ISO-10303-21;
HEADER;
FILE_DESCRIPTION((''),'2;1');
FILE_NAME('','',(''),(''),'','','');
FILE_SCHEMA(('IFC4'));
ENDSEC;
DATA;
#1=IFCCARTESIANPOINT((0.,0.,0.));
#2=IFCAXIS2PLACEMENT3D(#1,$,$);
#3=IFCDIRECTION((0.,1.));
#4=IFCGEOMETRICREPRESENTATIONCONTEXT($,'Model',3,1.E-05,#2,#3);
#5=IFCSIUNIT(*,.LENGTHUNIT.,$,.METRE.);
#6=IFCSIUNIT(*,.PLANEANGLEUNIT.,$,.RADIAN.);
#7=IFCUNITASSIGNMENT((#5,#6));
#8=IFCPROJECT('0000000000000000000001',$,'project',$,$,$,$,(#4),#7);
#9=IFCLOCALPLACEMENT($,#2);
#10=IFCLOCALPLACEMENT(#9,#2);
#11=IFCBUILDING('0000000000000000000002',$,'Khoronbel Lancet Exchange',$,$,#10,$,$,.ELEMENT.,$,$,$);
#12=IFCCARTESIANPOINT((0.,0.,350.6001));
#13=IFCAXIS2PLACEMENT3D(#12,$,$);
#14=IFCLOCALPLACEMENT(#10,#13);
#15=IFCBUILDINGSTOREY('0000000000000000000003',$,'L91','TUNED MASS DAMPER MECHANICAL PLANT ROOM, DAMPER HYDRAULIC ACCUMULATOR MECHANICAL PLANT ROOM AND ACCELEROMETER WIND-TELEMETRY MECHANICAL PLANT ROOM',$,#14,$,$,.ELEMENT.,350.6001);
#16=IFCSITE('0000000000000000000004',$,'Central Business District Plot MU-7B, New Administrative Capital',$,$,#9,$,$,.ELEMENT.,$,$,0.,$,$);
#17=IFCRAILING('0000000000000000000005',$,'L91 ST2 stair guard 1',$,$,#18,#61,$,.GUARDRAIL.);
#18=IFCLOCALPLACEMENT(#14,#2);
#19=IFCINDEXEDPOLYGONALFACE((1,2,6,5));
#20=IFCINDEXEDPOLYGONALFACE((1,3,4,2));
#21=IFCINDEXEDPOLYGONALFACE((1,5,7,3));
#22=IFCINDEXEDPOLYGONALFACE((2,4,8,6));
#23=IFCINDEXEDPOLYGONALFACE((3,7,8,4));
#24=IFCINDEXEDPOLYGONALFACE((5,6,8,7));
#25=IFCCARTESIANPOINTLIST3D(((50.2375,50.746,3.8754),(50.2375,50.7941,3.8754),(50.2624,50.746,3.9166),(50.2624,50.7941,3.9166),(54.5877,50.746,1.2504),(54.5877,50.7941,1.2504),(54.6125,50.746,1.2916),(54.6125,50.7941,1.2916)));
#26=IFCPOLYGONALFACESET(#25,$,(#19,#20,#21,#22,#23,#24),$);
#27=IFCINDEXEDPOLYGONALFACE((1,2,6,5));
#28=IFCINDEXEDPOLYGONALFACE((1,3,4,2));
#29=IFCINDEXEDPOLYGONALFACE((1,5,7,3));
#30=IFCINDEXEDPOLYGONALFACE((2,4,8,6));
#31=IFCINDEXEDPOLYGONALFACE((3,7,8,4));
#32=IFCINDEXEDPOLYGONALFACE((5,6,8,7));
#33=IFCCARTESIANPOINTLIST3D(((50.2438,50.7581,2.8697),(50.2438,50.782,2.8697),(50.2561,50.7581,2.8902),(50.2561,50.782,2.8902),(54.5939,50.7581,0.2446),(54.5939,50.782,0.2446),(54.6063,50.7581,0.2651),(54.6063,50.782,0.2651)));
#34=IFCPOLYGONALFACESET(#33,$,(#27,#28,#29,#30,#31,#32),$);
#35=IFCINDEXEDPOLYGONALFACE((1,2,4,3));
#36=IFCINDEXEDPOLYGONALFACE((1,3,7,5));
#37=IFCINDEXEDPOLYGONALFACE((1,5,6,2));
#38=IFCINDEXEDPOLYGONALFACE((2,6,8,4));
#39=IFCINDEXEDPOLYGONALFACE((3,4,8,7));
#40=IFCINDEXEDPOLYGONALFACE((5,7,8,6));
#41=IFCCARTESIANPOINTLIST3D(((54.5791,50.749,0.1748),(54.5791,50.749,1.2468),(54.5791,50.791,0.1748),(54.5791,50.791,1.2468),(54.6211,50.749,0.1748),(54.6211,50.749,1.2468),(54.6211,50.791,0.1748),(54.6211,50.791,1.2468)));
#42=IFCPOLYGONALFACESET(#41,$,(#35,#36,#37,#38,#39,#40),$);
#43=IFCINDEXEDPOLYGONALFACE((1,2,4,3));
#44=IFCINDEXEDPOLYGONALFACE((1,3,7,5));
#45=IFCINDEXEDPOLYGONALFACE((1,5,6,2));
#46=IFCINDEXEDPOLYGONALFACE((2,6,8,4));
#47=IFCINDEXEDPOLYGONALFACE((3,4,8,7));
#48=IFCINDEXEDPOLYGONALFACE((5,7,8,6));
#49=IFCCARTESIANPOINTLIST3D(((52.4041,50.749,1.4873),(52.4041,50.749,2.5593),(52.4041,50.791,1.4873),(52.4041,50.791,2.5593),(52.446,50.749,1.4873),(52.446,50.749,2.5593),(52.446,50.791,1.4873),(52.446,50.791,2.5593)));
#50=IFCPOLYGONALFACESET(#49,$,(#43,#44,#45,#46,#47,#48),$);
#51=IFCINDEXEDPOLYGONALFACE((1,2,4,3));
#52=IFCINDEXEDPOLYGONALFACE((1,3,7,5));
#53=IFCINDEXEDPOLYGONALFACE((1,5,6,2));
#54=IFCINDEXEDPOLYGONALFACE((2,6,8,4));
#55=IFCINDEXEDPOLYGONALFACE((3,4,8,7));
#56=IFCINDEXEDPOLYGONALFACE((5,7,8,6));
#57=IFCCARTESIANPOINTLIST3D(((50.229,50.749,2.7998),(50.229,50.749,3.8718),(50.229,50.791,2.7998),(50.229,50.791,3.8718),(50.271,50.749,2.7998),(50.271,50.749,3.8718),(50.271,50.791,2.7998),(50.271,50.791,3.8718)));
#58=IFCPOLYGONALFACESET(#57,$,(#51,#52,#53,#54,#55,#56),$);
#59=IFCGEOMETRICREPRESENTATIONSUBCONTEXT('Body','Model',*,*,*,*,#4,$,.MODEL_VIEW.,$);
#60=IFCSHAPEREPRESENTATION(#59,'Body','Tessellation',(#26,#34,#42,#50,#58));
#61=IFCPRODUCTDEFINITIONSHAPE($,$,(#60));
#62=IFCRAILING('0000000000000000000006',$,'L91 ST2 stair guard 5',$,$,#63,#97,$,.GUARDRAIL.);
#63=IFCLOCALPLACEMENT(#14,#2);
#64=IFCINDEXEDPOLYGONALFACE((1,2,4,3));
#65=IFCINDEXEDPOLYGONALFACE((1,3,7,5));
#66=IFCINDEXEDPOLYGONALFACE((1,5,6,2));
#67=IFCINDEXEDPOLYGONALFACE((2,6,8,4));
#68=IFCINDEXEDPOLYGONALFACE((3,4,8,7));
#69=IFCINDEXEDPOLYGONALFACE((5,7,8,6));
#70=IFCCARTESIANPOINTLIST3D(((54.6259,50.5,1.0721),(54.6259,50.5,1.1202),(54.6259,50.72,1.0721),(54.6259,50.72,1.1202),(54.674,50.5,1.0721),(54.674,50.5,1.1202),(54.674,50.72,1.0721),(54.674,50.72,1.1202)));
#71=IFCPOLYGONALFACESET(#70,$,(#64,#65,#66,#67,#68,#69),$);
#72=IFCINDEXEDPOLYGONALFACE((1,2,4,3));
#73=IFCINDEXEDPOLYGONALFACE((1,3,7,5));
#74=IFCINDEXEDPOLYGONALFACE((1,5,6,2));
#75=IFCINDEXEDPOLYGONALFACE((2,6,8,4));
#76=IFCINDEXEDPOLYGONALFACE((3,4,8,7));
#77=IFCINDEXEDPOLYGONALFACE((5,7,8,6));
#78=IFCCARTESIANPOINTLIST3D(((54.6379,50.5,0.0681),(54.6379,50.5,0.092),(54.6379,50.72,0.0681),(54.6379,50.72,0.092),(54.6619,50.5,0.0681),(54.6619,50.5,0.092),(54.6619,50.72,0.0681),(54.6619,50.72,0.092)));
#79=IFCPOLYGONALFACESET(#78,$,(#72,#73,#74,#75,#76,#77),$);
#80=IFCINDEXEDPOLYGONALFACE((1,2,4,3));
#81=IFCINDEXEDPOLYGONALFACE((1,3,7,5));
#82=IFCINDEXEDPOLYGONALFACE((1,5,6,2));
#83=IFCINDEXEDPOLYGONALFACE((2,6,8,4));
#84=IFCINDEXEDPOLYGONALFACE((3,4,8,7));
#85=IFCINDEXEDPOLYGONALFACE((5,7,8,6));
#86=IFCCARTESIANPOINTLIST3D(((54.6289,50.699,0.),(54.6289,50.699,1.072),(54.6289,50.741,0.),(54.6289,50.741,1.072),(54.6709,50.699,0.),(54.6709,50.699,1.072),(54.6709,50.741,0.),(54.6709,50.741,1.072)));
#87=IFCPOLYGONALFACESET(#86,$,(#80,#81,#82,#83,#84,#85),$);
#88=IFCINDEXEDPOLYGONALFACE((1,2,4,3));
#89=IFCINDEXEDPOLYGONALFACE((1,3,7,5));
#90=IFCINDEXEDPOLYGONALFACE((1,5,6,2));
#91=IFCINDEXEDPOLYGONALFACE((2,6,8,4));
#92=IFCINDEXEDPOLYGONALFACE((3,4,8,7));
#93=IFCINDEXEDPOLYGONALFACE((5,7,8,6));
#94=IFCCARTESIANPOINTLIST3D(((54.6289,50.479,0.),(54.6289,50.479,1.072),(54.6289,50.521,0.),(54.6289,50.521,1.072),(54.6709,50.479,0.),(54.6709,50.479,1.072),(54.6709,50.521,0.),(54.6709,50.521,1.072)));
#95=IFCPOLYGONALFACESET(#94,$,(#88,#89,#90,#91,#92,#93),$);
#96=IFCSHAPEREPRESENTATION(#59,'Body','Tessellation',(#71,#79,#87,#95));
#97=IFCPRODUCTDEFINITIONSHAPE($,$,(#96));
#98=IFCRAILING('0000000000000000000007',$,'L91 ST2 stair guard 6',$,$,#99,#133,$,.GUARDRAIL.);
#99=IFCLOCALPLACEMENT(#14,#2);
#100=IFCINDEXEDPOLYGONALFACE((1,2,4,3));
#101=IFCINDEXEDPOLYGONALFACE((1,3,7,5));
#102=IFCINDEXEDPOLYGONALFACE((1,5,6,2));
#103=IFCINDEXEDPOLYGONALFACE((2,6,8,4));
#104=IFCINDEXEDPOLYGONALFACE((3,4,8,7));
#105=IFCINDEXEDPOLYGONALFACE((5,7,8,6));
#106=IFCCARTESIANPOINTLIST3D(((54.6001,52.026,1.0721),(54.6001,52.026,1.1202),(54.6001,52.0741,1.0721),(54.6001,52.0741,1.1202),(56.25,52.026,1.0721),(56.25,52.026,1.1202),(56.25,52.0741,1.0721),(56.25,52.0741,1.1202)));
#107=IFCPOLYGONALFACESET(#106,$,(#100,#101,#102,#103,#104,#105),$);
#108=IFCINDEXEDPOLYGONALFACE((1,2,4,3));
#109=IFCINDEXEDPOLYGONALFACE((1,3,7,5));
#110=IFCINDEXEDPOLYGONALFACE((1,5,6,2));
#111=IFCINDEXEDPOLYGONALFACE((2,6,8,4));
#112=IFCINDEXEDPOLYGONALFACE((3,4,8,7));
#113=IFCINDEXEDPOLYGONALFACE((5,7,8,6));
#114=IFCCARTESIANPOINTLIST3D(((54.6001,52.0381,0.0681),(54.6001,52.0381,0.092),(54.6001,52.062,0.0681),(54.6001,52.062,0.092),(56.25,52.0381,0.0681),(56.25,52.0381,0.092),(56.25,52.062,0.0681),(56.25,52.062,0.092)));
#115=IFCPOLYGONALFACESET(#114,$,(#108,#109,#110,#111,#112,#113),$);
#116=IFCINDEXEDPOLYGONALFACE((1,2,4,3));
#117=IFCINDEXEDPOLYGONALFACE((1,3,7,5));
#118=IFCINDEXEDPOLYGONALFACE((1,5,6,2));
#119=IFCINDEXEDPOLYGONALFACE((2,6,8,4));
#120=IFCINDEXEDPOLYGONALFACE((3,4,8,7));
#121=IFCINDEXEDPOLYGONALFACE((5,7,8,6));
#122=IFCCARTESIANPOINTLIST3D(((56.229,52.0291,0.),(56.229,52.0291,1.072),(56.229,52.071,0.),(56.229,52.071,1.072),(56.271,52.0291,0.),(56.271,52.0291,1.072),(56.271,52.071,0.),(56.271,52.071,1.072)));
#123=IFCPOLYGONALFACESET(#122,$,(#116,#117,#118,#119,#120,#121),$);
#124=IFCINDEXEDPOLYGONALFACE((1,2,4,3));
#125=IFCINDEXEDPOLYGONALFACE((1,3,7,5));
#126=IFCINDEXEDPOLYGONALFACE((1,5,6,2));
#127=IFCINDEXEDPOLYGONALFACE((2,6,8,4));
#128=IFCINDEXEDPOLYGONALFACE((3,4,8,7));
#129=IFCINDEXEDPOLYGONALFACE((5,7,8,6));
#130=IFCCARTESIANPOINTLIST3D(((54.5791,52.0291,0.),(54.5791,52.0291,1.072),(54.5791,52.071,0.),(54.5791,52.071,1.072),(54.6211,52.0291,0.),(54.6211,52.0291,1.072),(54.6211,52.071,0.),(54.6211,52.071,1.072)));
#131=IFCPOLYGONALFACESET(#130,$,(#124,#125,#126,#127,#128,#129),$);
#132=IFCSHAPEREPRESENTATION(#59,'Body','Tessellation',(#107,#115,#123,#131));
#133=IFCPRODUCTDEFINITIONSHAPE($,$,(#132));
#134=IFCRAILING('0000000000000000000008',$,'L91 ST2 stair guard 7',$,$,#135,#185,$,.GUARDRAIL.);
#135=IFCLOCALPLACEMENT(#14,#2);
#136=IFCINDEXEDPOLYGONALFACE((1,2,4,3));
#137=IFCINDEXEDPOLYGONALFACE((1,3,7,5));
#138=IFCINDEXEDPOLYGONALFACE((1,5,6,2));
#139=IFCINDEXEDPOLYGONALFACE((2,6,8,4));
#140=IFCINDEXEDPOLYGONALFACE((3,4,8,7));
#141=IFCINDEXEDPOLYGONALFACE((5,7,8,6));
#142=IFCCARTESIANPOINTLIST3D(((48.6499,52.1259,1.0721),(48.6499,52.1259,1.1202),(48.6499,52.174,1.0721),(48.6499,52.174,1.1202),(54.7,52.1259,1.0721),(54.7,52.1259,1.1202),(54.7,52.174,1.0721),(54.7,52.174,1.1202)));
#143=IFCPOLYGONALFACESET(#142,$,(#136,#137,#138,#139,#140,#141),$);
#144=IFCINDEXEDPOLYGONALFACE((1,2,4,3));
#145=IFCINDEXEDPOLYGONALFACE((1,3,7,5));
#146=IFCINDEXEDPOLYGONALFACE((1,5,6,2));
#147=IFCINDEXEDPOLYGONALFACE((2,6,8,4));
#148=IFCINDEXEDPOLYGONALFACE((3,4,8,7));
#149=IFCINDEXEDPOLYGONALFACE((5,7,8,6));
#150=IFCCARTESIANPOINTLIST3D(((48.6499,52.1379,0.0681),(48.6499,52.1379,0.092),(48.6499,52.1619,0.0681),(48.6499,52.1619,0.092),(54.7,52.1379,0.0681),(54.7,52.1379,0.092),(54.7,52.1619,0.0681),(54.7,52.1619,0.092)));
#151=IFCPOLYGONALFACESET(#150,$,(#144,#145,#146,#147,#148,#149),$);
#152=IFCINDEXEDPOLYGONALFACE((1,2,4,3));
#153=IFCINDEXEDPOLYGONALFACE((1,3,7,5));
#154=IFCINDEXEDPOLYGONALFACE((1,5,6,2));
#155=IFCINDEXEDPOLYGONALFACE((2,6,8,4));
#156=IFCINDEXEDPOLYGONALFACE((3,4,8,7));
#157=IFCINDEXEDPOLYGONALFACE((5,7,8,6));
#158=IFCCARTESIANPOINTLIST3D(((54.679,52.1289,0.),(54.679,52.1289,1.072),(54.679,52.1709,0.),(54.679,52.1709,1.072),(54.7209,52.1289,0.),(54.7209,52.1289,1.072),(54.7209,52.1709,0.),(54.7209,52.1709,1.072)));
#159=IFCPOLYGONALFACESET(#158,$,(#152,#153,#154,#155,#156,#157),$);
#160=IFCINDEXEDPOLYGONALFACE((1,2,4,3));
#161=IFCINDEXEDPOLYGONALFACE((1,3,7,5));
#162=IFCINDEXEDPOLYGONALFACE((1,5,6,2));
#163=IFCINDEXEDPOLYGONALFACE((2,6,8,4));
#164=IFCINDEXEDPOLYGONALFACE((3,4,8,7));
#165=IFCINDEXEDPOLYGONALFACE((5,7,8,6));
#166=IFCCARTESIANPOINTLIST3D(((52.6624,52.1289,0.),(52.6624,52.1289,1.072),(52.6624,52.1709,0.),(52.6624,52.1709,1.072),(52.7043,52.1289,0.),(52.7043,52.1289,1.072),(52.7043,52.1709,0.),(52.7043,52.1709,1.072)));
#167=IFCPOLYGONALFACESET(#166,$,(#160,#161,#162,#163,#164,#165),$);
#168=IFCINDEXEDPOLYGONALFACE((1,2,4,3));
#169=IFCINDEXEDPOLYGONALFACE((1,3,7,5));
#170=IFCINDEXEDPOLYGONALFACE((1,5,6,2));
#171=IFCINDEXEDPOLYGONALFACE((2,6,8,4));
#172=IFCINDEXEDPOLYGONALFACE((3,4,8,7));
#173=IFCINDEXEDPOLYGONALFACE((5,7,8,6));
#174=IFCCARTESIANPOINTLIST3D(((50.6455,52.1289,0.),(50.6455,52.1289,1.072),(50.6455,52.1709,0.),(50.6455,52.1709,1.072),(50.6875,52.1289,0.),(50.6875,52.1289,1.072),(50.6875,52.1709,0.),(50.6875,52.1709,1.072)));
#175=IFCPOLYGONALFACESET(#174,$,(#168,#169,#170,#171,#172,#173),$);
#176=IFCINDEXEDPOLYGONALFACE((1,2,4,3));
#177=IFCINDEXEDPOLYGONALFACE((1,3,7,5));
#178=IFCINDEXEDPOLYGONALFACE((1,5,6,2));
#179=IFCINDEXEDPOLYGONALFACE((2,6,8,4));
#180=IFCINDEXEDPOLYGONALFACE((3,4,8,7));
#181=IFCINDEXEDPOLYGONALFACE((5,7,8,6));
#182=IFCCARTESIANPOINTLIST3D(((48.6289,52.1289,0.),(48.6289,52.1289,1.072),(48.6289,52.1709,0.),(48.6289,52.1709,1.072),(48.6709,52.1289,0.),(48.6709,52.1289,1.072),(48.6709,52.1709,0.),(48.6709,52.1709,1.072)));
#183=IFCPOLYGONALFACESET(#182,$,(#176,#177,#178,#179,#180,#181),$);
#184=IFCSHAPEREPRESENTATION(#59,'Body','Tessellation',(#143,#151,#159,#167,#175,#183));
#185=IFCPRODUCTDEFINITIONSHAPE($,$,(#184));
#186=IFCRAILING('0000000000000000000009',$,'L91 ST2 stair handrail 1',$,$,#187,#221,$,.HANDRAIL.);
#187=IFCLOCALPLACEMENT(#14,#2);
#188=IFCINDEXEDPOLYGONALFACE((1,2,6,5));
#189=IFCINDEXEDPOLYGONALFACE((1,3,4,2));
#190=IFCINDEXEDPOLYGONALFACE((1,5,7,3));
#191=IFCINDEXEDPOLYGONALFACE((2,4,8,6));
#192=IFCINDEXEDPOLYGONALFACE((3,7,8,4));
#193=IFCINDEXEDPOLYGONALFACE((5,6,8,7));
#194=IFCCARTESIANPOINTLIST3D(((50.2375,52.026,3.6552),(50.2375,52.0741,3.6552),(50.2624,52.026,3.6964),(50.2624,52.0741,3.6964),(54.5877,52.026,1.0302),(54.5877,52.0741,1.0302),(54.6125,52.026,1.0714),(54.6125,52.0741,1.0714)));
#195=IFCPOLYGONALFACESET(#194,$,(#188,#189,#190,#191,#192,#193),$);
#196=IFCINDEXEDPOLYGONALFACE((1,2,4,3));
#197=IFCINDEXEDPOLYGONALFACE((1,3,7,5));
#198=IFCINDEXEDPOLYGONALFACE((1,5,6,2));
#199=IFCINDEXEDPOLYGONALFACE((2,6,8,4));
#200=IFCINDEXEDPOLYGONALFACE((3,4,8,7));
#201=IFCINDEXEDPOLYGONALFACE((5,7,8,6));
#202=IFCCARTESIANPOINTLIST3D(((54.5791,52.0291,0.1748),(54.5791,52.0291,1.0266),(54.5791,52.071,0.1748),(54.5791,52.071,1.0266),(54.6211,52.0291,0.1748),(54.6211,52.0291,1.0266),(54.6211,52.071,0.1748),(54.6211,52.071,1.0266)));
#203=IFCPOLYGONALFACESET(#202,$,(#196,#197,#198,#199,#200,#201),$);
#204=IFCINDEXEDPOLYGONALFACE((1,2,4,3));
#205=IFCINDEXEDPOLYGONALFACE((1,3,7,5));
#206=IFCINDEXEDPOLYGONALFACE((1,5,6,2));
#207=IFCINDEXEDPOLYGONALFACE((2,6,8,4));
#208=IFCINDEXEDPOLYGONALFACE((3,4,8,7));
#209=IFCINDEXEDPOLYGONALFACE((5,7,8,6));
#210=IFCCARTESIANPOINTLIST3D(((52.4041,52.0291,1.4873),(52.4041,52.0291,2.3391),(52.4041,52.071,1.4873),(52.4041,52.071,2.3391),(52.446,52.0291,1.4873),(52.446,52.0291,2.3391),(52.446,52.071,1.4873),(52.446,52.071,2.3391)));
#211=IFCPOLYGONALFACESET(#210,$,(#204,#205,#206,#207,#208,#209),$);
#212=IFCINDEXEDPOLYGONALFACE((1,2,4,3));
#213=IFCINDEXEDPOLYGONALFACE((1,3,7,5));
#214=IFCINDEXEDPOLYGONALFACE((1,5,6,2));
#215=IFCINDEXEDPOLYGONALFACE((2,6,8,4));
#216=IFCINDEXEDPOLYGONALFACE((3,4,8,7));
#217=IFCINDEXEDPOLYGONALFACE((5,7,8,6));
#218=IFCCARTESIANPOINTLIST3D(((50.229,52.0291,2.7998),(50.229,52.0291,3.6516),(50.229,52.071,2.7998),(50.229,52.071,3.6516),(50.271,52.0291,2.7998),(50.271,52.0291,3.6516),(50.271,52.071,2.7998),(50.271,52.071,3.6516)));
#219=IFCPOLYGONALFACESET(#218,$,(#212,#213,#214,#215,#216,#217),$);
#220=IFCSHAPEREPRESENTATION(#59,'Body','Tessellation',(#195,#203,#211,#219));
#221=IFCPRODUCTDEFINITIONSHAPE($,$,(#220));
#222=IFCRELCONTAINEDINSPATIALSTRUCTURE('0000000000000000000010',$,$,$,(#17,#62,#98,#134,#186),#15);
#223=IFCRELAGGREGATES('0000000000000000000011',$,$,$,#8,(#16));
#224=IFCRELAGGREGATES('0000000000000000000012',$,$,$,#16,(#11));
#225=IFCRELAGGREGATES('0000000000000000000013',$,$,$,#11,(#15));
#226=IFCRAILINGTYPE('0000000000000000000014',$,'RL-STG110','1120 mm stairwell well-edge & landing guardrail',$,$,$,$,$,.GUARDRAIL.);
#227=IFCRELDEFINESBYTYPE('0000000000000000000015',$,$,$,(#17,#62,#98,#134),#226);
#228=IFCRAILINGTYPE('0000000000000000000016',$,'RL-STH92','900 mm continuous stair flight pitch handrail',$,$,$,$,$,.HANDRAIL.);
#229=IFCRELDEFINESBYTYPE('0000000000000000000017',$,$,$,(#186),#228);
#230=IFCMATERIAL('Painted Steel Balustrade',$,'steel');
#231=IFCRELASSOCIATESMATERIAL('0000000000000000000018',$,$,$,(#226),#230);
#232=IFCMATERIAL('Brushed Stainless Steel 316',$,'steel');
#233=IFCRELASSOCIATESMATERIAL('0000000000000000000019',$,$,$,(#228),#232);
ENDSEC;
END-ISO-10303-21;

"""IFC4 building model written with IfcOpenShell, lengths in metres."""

from ifc_helpers import new_model, si_unit, direction, frame, origin, origin_2d, place, context, subcontext, project, spatial, rectangle, extrude, material, type_object, element, save


model = new_model("IFC4")

# Units and contexts
model_context = context("Model", 3, precision=1e-05, world=origin(), true_north=direction((0.0, 1.0)))
body_context = subcontext(model_context, "Body", "Model", "MODEL_VIEW")
ifc_project = project(units=[si_unit("LENGTHUNIT", "METRE"), si_unit("PLANEANGLEUNIT", "RADIAN")], contexts=[model_context])

# Site, building, storey
site_placement = place(None, origin())
site = spatial("IfcSite", under=ifc_project, at=site_placement, Name="Central Business District Plot MU-7B, New Administrative Capital", CompositionType="ELEMENT", RefElevation=0.0)
building_placement = place(site_placement, origin())
building = spatial("IfcBuilding", under=site, at=building_placement, Name="Khoronbel Lancet Exchange", CompositionType="ELEMENT")
storey_placement = place(building_placement, frame((0.0, 0.0, 350.6001)))
storey = spatial("IfcBuildingStorey", under=building, at=storey_placement, Name="L91", Description="TUNED MASS DAMPER MECHANICAL PLANT ROOM, DAMPER HYDRAULIC ACCUMULATOR MECHANICAL PLANT ROOM AND ACCELEROMETER WIND-TELEMETRY MECHANICAL PLANT ROOM", CompositionType="ELEMENT", Elevation=350.6001)

# Railings
ifc_material_1 = material(Name="Painted Steel Balustrade", Category="steel")
railing_type_1 = type_object("IfcRailingType", Name="RL-STG110", Description="1120 mm stairwell well-edge & landing guardrail", PredefinedType="GUARDRAIL", material=ifc_material_1)
railing_1_placement = place(storey_placement, frame((54.6001, 50.77, 0.1748)))
element("IfcRailing", 1, at=railing_1_placement, inside=storey, type_object=railing_type_1, Name="L91 ST2 stair guard 1", PredefinedType="GUARDRAIL", context=body_context, shape_type="SweptSolid", body=[
    extrude(rectangle(XDim=0.0481, YDim=0.0481, at=origin_2d()), frame((0.0, 0.0, 1.0962), z_axis=(-0.856193, 0.0, 0.516656), x_axis=(0.0, -1.0, 0.0)), (0.0, 0.0, 1.0), 5.0808),
    extrude(rectangle(XDim=0.0239, YDim=0.0239, at=origin_2d()), frame((0.0, 0.0, 0.0801), z_axis=(-0.856193, 0.0, 0.516656), x_axis=(0.0, -1.0, 0.0)), (0.0, 0.0, 1.0), 5.0808),
    extrude(rectangle(XDim=0.042, YDim=0.042, at=origin_2d()), origin(), (0.0, 0.0, 1.0), 1.072),
    extrude(rectangle(XDim=0.042, YDim=0.042, at=origin_2d()), frame((-2.175, 0.0, 1.3125)), (0.0, 0.0, 1.0), 1.072),
    extrude(rectangle(XDim=0.042, YDim=0.042, at=origin_2d()), frame((-4.3501, 0.0, 2.625)), (0.0, 0.0, 1.0), 1.072),
])
railing_2_placement = place(storey_placement, frame((54.6499, 50.72, 0.0)))
element("IfcRailing", 2, at=railing_2_placement, inside=storey, type_object=railing_type_1, Name="L91 ST2 stair guard 5", PredefinedType="GUARDRAIL", context=body_context, shape_type="SweptSolid", body=[
    extrude(rectangle(XDim=0.0481, YDim=0.0481, at=origin_2d()), frame((0.0, 0.0, 1.0962), z_axis=(0.0, -1.0, 0.0), x_axis=(1.0, 0.0, 0.0)), (0.0, 0.0, 1.0), 0.22),
    extrude(rectangle(XDim=0.0239, YDim=0.0239, at=origin_2d()), frame((0.0, 0.0, 0.0801), z_axis=(0.0, -1.0, 0.0), x_axis=(1.0, 0.0, 0.0)), (0.0, 0.0, 1.0), 0.22),
    extrude(rectangle(XDim=0.042, YDim=0.042, at=origin_2d()), origin(), (0.0, 0.0, 1.0), 1.072),
    extrude(rectangle(XDim=0.042, YDim=0.042, at=origin_2d()), frame((0.0, -0.22, 0.0)), (0.0, 0.0, 1.0), 1.072),
])
railing_3_placement = place(storey_placement, frame((56.25, 52.05, 0.0)))
element("IfcRailing", 3, at=railing_3_placement, inside=storey, type_object=railing_type_1, Name="L91 ST2 stair guard 6", PredefinedType="GUARDRAIL", context=body_context, shape_type="SweptSolid", body=[
    extrude(rectangle(XDim=0.0481, YDim=0.0481, at=origin_2d()), frame((0.0, 0.0, 1.0962), z_axis=(-1.0, 0.0, 0.0), x_axis=(0.0, -1.0, 0.0)), (0.0, 0.0, 1.0), 1.6499),
    extrude(rectangle(XDim=0.0239, YDim=0.0239, at=origin_2d()), frame((0.0, 0.0, 0.0801), z_axis=(-1.0, 0.0, 0.0), x_axis=(0.0, -1.0, 0.0)), (0.0, 0.0, 1.0), 1.6499),
    extrude(rectangle(XDim=0.042, YDim=0.042, at=origin_2d()), origin(), (0.0, 0.0, 1.0), 1.072),
    extrude(rectangle(XDim=0.042, YDim=0.042, at=origin_2d()), frame((-1.6499, 0.0, 0.0)), (0.0, 0.0, 1.0), 1.072),
])
railing_4_placement = place(storey_placement, frame((54.7, 52.1499, 0.0)))
element("IfcRailing", 4, at=railing_4_placement, inside=storey, type_object=railing_type_1, Name="L91 ST2 stair guard 7", PredefinedType="GUARDRAIL", context=body_context, shape_type="SweptSolid", body=[
    extrude(rectangle(XDim=0.0481, YDim=0.0481, at=origin_2d()), frame((0.0, 0.0, 1.0962), z_axis=(-1.0, 0.0, 0.0), x_axis=(0.0, -1.0, 0.0)), (0.0, 0.0, 1.0), 6.05),
    extrude(rectangle(XDim=0.0239, YDim=0.0239, at=origin_2d()), frame((0.0, 0.0, 0.0801), z_axis=(-1.0, 0.0, 0.0), x_axis=(0.0, -1.0, 0.0)), (0.0, 0.0, 1.0), 6.05),
    extrude(rectangle(XDim=0.042, YDim=0.042, at=origin_2d()), origin(), (0.0, 0.0, 1.0), 1.072),
    extrude(rectangle(XDim=0.042, YDim=0.042, at=origin_2d()), frame((-2.0166, 0.0, 0.0)), (0.0, 0.0, 1.0), 1.072),
    extrude(rectangle(XDim=0.042, YDim=0.042, at=origin_2d()), frame((-4.0334, 0.0, 0.0)), (0.0, 0.0, 1.0), 1.072),
    extrude(rectangle(XDim=0.042, YDim=0.042, at=origin_2d()), frame((-6.05, 0.0, 0.0)), (0.0, 0.0, 1.0), 1.072),
])
ifc_material_2 = material(Name="Brushed Stainless Steel 316", Category="steel")
railing_type_2 = type_object("IfcRailingType", Name="RL-STH92", Description="900 mm continuous stair flight pitch handrail", PredefinedType="HANDRAIL", material=ifc_material_2)
railing_5_placement = place(storey_placement, frame((54.6001, 52.05, 0.1748)))
element("IfcRailing", 5, at=railing_5_placement, inside=storey, type_object=railing_type_2, Name="L91 ST2 stair handrail 1", PredefinedType="HANDRAIL", context=body_context, shape_type="SweptSolid", body=[
    extrude(rectangle(XDim=0.0481, YDim=0.0481, at=origin_2d()), frame((0.0, 0.0, 0.876), z_axis=(-0.856193, 0.0, 0.516656), x_axis=(0.0, -1.0, 0.0)), (0.0, 0.0, 1.0), 5.0808),
    extrude(rectangle(XDim=0.042, YDim=0.042, at=origin_2d()), origin(), (0.0, 0.0, 1.0), 0.8518),
    extrude(rectangle(XDim=0.042, YDim=0.042, at=origin_2d()), frame((-2.175, 0.0, 1.3125)), (0.0, 0.0, 1.0), 0.8518),
    extrude(rectangle(XDim=0.042, YDim=0.042, at=origin_2d()), frame((-4.3501, 0.0, 2.625)), (0.0, 0.0, 1.0), 0.8518),
])

save(model, "model.ifc")
